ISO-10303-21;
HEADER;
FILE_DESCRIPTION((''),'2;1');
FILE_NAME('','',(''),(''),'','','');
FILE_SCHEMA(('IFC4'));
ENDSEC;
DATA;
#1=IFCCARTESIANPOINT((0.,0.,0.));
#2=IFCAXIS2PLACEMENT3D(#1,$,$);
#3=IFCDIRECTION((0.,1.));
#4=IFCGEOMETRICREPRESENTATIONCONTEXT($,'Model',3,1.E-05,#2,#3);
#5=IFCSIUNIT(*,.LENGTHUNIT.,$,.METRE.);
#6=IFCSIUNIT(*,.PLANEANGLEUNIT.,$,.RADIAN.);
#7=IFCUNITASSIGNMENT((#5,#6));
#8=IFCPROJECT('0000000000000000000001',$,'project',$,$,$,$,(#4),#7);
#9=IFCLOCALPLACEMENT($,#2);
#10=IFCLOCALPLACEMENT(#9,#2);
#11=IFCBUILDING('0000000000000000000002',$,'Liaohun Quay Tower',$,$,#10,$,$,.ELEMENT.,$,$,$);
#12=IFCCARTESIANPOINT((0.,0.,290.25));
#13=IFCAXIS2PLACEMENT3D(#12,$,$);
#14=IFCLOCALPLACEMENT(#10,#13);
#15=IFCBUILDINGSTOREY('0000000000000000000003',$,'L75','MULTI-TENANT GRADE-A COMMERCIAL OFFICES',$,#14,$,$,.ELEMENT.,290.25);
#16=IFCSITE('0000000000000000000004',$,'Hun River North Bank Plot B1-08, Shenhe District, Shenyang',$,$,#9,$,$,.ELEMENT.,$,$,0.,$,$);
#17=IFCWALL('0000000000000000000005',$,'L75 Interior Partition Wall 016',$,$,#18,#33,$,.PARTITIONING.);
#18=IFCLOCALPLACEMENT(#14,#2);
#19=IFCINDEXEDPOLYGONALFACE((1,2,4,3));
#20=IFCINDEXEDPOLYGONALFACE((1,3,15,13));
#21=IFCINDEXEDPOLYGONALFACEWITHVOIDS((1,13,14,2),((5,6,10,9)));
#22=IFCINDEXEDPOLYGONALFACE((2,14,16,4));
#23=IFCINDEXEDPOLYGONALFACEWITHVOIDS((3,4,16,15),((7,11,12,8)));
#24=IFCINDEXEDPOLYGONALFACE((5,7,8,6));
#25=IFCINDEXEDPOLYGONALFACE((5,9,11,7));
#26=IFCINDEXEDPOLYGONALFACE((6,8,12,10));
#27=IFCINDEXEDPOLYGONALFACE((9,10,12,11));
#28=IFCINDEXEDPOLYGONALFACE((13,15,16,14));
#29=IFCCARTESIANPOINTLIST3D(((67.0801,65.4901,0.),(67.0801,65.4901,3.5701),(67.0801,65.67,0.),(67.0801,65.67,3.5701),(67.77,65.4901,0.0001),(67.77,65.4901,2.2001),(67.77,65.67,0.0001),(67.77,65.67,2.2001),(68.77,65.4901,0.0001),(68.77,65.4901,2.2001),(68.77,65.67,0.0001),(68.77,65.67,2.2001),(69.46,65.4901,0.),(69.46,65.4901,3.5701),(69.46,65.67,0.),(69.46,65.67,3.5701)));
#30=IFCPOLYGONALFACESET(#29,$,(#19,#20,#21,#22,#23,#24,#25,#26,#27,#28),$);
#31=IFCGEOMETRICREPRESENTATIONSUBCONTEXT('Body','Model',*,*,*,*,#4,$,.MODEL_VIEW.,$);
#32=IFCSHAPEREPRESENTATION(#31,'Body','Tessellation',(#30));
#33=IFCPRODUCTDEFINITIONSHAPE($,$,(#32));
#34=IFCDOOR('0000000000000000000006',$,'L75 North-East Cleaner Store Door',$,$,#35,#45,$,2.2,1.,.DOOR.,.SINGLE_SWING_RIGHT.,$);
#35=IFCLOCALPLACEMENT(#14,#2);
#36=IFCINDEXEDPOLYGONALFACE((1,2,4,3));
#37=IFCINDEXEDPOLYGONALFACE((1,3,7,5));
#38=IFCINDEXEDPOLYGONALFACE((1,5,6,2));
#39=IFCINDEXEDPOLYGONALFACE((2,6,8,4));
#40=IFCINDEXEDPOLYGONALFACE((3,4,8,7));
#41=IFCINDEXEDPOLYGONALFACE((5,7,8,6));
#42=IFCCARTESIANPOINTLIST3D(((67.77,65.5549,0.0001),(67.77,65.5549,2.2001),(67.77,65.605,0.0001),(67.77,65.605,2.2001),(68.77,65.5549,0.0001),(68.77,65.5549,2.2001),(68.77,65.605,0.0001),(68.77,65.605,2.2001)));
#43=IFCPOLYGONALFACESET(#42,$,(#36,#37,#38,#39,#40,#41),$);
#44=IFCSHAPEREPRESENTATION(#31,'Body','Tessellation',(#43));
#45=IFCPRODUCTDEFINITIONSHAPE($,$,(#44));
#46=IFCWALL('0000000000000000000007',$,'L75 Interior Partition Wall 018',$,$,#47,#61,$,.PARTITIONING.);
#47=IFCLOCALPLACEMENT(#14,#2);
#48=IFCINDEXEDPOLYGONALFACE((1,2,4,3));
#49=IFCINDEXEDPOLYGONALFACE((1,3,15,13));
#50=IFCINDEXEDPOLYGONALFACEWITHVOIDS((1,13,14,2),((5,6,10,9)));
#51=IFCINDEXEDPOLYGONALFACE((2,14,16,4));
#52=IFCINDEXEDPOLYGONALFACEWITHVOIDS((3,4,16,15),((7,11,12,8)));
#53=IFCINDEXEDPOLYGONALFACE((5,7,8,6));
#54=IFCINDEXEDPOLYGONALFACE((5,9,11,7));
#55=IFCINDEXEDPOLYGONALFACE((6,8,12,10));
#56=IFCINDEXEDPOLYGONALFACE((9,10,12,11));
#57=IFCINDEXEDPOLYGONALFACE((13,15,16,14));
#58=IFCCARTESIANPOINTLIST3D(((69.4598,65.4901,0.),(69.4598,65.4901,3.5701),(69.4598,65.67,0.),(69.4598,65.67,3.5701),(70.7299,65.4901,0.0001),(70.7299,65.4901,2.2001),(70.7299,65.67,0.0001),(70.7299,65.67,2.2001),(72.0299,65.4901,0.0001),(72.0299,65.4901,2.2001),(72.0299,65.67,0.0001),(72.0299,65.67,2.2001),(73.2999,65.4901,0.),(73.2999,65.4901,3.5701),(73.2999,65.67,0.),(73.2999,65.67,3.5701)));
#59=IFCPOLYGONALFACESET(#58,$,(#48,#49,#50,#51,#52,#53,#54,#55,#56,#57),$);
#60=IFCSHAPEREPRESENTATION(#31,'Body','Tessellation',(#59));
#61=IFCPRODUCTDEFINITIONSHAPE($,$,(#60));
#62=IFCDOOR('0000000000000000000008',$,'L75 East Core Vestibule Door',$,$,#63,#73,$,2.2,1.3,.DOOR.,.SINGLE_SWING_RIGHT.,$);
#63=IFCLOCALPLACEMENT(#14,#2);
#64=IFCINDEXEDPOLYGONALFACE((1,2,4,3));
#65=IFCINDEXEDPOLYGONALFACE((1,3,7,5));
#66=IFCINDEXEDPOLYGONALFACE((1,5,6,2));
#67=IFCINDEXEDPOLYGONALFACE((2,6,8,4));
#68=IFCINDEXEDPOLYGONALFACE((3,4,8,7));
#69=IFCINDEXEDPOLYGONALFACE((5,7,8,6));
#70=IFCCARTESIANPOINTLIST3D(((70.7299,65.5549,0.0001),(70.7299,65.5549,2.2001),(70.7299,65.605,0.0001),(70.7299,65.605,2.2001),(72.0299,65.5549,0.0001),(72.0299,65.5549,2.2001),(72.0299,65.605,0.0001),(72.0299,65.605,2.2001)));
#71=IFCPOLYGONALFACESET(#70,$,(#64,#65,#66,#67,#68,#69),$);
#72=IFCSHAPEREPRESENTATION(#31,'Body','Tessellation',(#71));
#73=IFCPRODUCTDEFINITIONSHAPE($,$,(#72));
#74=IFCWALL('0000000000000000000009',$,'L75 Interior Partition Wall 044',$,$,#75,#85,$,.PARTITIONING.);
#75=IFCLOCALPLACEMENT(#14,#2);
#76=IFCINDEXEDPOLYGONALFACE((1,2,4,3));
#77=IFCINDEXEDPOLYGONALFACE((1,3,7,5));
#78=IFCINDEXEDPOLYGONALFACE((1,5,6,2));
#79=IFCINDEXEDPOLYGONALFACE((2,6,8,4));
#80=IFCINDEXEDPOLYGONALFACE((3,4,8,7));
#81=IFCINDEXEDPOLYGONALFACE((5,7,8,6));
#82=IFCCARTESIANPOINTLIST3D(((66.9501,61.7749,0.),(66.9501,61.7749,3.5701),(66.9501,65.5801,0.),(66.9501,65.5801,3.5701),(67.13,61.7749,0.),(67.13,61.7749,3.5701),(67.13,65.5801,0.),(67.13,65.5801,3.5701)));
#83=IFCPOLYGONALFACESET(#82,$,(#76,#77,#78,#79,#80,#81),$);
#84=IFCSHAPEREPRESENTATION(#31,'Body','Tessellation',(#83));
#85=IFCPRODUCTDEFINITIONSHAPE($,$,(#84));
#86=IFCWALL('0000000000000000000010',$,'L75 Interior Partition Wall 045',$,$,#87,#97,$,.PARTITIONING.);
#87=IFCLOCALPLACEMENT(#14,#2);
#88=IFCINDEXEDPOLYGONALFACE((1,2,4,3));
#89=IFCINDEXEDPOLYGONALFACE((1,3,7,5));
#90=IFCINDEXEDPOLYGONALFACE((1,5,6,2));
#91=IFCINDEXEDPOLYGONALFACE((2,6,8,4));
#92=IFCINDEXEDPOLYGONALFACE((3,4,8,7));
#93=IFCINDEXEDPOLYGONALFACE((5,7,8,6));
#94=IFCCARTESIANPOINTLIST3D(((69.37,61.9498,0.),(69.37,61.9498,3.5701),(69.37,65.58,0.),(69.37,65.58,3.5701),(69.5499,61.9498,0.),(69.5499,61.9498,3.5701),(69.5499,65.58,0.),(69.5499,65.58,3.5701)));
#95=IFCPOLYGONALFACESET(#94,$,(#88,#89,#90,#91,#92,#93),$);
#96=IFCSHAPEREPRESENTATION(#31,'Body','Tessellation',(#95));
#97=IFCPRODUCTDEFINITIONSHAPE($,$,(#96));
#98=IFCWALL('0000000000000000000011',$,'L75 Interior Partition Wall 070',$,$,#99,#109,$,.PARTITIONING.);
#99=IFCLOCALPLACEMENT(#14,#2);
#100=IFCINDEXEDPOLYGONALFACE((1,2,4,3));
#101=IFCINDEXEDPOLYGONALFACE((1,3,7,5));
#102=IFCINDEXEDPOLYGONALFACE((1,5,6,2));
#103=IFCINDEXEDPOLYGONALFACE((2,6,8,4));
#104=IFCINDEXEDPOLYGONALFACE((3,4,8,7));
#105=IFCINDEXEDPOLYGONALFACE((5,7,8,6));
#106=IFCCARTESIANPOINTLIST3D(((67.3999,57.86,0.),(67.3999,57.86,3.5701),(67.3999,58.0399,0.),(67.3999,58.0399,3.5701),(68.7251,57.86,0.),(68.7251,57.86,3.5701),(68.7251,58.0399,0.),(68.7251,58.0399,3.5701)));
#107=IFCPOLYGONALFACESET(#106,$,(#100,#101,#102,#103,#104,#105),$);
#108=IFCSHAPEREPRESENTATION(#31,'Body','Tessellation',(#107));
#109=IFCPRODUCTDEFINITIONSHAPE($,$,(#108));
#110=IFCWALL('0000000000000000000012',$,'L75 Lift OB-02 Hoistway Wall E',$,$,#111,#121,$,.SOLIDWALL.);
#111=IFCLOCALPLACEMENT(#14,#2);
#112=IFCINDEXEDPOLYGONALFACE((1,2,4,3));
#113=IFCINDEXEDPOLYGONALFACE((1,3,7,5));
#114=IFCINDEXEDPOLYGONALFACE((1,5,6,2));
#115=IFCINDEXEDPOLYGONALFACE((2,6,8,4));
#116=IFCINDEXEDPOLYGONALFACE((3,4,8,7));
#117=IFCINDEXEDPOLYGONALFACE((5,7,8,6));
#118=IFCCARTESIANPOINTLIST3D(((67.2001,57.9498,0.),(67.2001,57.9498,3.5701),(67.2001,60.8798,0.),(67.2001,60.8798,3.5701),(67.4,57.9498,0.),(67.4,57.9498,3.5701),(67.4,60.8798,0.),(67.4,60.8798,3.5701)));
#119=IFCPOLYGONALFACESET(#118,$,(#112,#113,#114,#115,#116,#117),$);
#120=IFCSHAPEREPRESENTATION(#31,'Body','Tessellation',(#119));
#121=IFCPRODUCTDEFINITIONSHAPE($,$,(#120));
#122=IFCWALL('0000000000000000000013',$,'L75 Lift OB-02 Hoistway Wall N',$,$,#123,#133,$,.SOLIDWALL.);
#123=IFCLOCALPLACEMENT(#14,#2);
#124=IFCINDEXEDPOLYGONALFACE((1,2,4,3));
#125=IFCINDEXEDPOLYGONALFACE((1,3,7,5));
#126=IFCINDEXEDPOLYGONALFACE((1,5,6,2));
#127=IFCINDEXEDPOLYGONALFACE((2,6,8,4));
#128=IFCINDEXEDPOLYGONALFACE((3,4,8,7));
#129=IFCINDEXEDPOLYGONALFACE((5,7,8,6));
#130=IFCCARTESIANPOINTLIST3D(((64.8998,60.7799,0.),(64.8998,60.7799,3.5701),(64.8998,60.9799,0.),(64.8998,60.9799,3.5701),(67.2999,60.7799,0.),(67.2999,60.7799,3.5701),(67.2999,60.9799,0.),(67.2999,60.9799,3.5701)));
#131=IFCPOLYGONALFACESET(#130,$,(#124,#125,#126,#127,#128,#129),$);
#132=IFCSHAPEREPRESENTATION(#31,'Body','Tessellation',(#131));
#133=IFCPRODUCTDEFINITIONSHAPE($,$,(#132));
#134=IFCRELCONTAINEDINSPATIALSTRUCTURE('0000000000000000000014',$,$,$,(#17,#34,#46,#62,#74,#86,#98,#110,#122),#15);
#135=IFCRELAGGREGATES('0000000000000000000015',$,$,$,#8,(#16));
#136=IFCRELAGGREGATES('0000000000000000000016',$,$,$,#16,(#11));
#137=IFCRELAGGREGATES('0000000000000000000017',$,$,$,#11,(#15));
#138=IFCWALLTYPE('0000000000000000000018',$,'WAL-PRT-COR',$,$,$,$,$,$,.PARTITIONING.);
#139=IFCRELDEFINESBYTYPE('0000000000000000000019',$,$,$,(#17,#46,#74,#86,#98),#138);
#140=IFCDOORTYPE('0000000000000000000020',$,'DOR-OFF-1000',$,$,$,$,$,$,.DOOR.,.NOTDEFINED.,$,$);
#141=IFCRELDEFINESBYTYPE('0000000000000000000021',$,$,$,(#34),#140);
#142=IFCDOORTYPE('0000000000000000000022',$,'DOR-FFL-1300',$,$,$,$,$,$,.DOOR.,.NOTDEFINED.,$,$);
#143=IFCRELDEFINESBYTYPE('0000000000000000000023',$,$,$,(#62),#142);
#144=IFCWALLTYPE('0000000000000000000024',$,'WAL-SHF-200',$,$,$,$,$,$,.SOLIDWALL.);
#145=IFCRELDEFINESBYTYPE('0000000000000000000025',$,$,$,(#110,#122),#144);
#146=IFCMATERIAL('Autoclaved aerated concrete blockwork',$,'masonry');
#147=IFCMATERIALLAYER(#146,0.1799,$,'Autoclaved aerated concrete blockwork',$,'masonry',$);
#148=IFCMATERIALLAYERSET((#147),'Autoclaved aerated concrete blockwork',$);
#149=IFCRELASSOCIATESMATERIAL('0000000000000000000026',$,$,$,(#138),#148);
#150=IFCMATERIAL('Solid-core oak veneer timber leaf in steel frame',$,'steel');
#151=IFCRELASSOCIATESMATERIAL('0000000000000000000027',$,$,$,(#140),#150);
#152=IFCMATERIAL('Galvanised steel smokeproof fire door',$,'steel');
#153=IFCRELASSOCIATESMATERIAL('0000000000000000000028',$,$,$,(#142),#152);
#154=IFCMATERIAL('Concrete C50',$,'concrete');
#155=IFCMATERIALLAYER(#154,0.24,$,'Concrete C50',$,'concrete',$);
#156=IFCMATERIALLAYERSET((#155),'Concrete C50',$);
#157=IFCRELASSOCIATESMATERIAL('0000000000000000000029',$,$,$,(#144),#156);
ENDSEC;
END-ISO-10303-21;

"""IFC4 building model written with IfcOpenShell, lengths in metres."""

from ifc_helpers import new_model, si_unit, direction, frame, frame_2d, origin, place, context, subcontext, project, spatial, rectangle, extrude, source, transform, mapped, material, layer, layer_set, type_object, element, fill, save


model = new_model("IFC4")

# Units and contexts
model_context = context("Model", 3, precision=1e-05, world=origin(), true_north=direction((0.0, 1.0)))
body_context = subcontext(model_context, "Body", "Model", "MODEL_VIEW")
ifc_project = project(units=[si_unit("LENGTHUNIT", "METRE"), si_unit("PLANEANGLEUNIT", "RADIAN")], contexts=[model_context])

# Site, building, storey
site_placement = place(None, origin())
site = spatial("IfcSite", under=ifc_project, at=site_placement, Name="Hun River North Bank Plot B1-08, Shenhe District, Shenyang", CompositionType="ELEMENT", RefElevation=0.0)
building_placement = place(site_placement, origin())
building = spatial("IfcBuilding", under=site, at=building_placement, Name="Liaohun Quay Tower", CompositionType="ELEMENT")
storey_placement = place(building_placement, frame((0.0, 0.0, 290.25)))
storey = spatial("IfcBuildingStorey", under=building, at=storey_placement, Name="L75", Description="MULTI-TENANT GRADE-A COMMERCIAL OFFICES", CompositionType="ELEMENT", Elevation=290.25)

# Shared definitions
ifc_material_1 = material(Name="Concrete C50", Category="concrete")

# Walls, openings, doors
ifc_material_2 = material(Name="Autoclaved aerated concrete blockwork", Category="masonry")
ifc_layer_1 = layer(ifc_material_2, 0.1799, Name="Autoclaved aerated concrete blockwork", Category="masonry")
ifc_layer_set_1 = layer_set([ifc_layer_1], Name="Autoclaved aerated concrete blockwork")
wall_type_1 = type_object("IfcWallType", Name="WAL-PRT-COR", PredefinedType="PARTITIONING", material=ifc_layer_set_1)
wall_1_placement = place(storey_placement, frame((67.0801, 65.5801, 0.0), z_axis=(0.0, 0.0, 1.0), x_axis=(1.0, 0.0, 0.0)))
wall_1 = element("IfcWall", 1, at=wall_1_placement, inside=storey, type_object=wall_type_1, Name="L75 Interior Partition Wall 016", PredefinedType="PARTITIONING", context=body_context, shape_type="SweptSolid", body=[
    extrude(rectangle(XDim=2.3799, YDim=0.1799, at=frame_2d((1.1899, 0.0))), origin(), (0.0, 0.0, 1.0), 3.5701),
])
shared_shape_1 = source(origin(), body_context, "Body", "SweptSolid", [
    extrude(rectangle(XDim=1.0, YDim=2.2, at=frame_2d((0.5, 1.1001))), frame((0.0, 0.0999, 0.0), z_axis=(0.0, -1.0, 0.0), x_axis=(1.0, 0.0, 0.0)), (0.0, 0.0, 1.0), 0.2),
])
opening_1_placement = place(wall_1_placement, frame((0.6899, 0.0, 0.0)))
opening_1 = element("IfcOpeningElement", 2, at=opening_1_placement, cuts=wall_1, PredefinedType="OPENING", context=body_context, shape_type="MappedRepresentation", body=[
    mapped(shared_shape_1, transform((0.0, 0.0, 0.0), x_axis=(1.0, 0.0, 0.0), y_axis=(0.0, 1.0, 0.0), z_axis=(0.0, 0.0, 1.0), scale=1.0)),
])
ifc_material_3 = material(Name="Solid-core oak veneer timber leaf in steel frame", Category="steel")
door_type_1 = type_object("IfcDoorType", Name="DOR-OFF-1000", OperationType="NOTDEFINED", PredefinedType="DOOR", material=ifc_material_3)
shared_shape_2 = source(origin(), body_context, "Body", "SweptSolid", [
    extrude(rectangle(XDim=1.0, YDim=2.2, at=frame_2d((0.5, 1.1001))), frame((0.0, 0.0249, 0.0), z_axis=(0.0, -1.0, 0.0), x_axis=(1.0, 0.0, 0.0)), (0.0, 0.0, 1.0), 0.05),
])
door_1_placement = place(opening_1_placement, origin())
door_1 = element("IfcDoor", 3, at=door_1_placement, inside=storey, type_object=door_type_1, Name="L75 North-East Cleaner Store Door", OperationType="SINGLE_SWING_RIGHT", OverallHeight=2.2, OverallWidth=1.0, PredefinedType="DOOR", context=body_context, shape_type="MappedRepresentation", body=[
    mapped(shared_shape_2, transform((0.0, 0.0, 0.0), x_axis=(1.0, 0.0, 0.0), y_axis=(0.0, 1.0, 0.0), z_axis=(0.0, 0.0, 1.0), scale=1.0)),
])
fill(opening_1, door_1)
wall_2_placement = place(storey_placement, frame((69.46, 65.5801, 0.0), z_axis=(0.0, 0.0, 1.0), x_axis=(1.0, 0.0, 0.0)))
wall_2 = element("IfcWall", 4, at=wall_2_placement, inside=storey, type_object=wall_type_1, Name="L75 Interior Partition Wall 018", PredefinedType="PARTITIONING", context=body_context, shape_type="SweptSolid", body=[
    extrude(rectangle(XDim=3.8401, YDim=0.1799, at=frame_2d((1.9199, 0.0))), origin(), (0.0, 0.0, 1.0), 3.5701),
])
shared_shape_3 = source(origin(), body_context, "Body", "SweptSolid", [
    extrude(rectangle(XDim=1.3, YDim=2.2, at=frame_2d((0.6499, 1.1001))), frame((0.0, 0.0999, 0.0), z_axis=(0.0, -1.0, 0.0), x_axis=(1.0, 0.0, 0.0)), (0.0, 0.0, 1.0), 0.2),
])
opening_2_placement = place(wall_2_placement, frame((1.27, 0.0, 0.0)))
opening_2 = element("IfcOpeningElement", 5, at=opening_2_placement, cuts=wall_2, PredefinedType="OPENING", context=body_context, shape_type="MappedRepresentation", body=[
    mapped(shared_shape_3, transform((0.0, 0.0, 0.0), x_axis=(1.0, 0.0, 0.0), y_axis=(0.0, 1.0, 0.0), z_axis=(0.0, 0.0, 1.0), scale=1.0)),
])
ifc_material_4 = material(Name="Galvanised steel smokeproof fire door", Category="steel")
door_type_2 = type_object("IfcDoorType", Name="DOR-FFL-1300", OperationType="NOTDEFINED", PredefinedType="DOOR", material=ifc_material_4)
shared_shape_4 = source(origin(), body_context, "Body", "SweptSolid", [
    extrude(rectangle(XDim=1.3, YDim=2.2, at=frame_2d((0.6499, 1.1001))), frame((0.0, 0.0249, 0.0), z_axis=(0.0, -1.0, 0.0), x_axis=(1.0, 0.0, 0.0)), (0.0, 0.0, 1.0), 0.05),
])
door_2_placement = place(opening_2_placement, origin())
door_2 = element("IfcDoor", 6, at=door_2_placement, inside=storey, type_object=door_type_2, Name="L75 East Core Vestibule Door", OperationType="SINGLE_SWING_RIGHT", OverallHeight=2.2, OverallWidth=1.3, PredefinedType="DOOR", context=body_context, shape_type="MappedRepresentation", body=[
    mapped(shared_shape_4, transform((0.0, 0.0, 0.0), x_axis=(1.0, 0.0, 0.0), y_axis=(0.0, 1.0, 0.0), z_axis=(0.0, 0.0, 1.0), scale=1.0)),
])
fill(opening_2, door_2)

# Walls
wall_3_placement = place(storey_placement, frame((67.04, 61.7749, 0.0), z_axis=(0.0, 0.0, 1.0), x_axis=(0.0, 1.0, 0.0)))
element("IfcWall", 7, at=wall_3_placement, inside=storey, type_object=wall_type_1, Name="L75 Interior Partition Wall 044", PredefinedType="PARTITIONING", context=body_context, shape_type="SweptSolid", body=[
    extrude(rectangle(XDim=3.8052, YDim=0.1799, at=frame_2d((1.9026, 0.0))), origin(), (0.0, 0.0, 1.0), 3.5701),
])
wall_4_placement = place(storey_placement, frame((69.46, 61.95, 0.0), z_axis=(0.0, 0.0, 1.0), x_axis=(0.0, 1.0, 0.0)))
element("IfcWall", 8, at=wall_4_placement, inside=storey, type_object=wall_type_1, Name="L75 Interior Partition Wall 045", PredefinedType="PARTITIONING", context=body_context, shape_type="SweptSolid", body=[
    extrude(rectangle(XDim=3.6301, YDim=0.1799, at=frame_2d((1.8149, 0.0))), origin(), (0.0, 0.0, 1.0), 3.5701),
])
wall_5_placement = place(storey_placement, frame((67.3999, 57.95, 0.0), z_axis=(0.0, 0.0, 1.0), x_axis=(1.0, 0.0, 0.0)))
element("IfcWall", 9, at=wall_5_placement, inside=storey, type_object=wall_type_1, Name="L75 Interior Partition Wall 070", PredefinedType="PARTITIONING", context=body_context, shape_type="SweptSolid", body=[
    extrude(rectangle(XDim=1.3252, YDim=0.1799, at=frame_2d((0.6626, 0.0))), origin(), (0.0, 0.0, 1.0), 3.5701),
])
ifc_layer_2 = layer(ifc_material_1, 0.24, Name="Concrete C50", Category="concrete")
ifc_layer_set_2 = layer_set([ifc_layer_2], Name="Concrete C50")
wall_type_2 = type_object("IfcWallType", Name="WAL-SHF-200", PredefinedType="SOLIDWALL", material=ifc_layer_set_2)
wall_6_placement = place(storey_placement, frame((67.3, 57.95, 0.0), z_axis=(0.0, 0.0, 1.0), x_axis=(0.0, 1.0, 0.0)))
element("IfcWall", 10, at=wall_6_placement, inside=storey, type_object=wall_type_2, Name="L75 Lift OB-02 Hoistway Wall E", PredefinedType="SOLIDWALL", context=body_context, shape_type="SweptSolid", body=[
    extrude(rectangle(XDim=2.9299, YDim=0.2, at=frame_2d((1.4648, 0.0))), origin(), (0.0, 0.0, 1.0), 3.5701),
])
wall_7_placement = place(storey_placement, frame((67.3, 60.8799, 0.0), z_axis=(0.0, 0.0, 1.0), x_axis=(-1.0, 0.0, 0.0)))
element("IfcWall", 11, at=wall_7_placement, inside=storey, type_object=wall_type_2, Name="L75 Lift OB-02 Hoistway Wall N", PredefinedType="SOLIDWALL", context=body_context, shape_type="SweptSolid", body=[
    extrude(rectangle(XDim=2.4001, YDim=0.2, at=frame_2d((1.2002, 0.0))), origin(), (0.0, 0.0, 1.0), 3.5701),
])

save(model, "model.ifc")
